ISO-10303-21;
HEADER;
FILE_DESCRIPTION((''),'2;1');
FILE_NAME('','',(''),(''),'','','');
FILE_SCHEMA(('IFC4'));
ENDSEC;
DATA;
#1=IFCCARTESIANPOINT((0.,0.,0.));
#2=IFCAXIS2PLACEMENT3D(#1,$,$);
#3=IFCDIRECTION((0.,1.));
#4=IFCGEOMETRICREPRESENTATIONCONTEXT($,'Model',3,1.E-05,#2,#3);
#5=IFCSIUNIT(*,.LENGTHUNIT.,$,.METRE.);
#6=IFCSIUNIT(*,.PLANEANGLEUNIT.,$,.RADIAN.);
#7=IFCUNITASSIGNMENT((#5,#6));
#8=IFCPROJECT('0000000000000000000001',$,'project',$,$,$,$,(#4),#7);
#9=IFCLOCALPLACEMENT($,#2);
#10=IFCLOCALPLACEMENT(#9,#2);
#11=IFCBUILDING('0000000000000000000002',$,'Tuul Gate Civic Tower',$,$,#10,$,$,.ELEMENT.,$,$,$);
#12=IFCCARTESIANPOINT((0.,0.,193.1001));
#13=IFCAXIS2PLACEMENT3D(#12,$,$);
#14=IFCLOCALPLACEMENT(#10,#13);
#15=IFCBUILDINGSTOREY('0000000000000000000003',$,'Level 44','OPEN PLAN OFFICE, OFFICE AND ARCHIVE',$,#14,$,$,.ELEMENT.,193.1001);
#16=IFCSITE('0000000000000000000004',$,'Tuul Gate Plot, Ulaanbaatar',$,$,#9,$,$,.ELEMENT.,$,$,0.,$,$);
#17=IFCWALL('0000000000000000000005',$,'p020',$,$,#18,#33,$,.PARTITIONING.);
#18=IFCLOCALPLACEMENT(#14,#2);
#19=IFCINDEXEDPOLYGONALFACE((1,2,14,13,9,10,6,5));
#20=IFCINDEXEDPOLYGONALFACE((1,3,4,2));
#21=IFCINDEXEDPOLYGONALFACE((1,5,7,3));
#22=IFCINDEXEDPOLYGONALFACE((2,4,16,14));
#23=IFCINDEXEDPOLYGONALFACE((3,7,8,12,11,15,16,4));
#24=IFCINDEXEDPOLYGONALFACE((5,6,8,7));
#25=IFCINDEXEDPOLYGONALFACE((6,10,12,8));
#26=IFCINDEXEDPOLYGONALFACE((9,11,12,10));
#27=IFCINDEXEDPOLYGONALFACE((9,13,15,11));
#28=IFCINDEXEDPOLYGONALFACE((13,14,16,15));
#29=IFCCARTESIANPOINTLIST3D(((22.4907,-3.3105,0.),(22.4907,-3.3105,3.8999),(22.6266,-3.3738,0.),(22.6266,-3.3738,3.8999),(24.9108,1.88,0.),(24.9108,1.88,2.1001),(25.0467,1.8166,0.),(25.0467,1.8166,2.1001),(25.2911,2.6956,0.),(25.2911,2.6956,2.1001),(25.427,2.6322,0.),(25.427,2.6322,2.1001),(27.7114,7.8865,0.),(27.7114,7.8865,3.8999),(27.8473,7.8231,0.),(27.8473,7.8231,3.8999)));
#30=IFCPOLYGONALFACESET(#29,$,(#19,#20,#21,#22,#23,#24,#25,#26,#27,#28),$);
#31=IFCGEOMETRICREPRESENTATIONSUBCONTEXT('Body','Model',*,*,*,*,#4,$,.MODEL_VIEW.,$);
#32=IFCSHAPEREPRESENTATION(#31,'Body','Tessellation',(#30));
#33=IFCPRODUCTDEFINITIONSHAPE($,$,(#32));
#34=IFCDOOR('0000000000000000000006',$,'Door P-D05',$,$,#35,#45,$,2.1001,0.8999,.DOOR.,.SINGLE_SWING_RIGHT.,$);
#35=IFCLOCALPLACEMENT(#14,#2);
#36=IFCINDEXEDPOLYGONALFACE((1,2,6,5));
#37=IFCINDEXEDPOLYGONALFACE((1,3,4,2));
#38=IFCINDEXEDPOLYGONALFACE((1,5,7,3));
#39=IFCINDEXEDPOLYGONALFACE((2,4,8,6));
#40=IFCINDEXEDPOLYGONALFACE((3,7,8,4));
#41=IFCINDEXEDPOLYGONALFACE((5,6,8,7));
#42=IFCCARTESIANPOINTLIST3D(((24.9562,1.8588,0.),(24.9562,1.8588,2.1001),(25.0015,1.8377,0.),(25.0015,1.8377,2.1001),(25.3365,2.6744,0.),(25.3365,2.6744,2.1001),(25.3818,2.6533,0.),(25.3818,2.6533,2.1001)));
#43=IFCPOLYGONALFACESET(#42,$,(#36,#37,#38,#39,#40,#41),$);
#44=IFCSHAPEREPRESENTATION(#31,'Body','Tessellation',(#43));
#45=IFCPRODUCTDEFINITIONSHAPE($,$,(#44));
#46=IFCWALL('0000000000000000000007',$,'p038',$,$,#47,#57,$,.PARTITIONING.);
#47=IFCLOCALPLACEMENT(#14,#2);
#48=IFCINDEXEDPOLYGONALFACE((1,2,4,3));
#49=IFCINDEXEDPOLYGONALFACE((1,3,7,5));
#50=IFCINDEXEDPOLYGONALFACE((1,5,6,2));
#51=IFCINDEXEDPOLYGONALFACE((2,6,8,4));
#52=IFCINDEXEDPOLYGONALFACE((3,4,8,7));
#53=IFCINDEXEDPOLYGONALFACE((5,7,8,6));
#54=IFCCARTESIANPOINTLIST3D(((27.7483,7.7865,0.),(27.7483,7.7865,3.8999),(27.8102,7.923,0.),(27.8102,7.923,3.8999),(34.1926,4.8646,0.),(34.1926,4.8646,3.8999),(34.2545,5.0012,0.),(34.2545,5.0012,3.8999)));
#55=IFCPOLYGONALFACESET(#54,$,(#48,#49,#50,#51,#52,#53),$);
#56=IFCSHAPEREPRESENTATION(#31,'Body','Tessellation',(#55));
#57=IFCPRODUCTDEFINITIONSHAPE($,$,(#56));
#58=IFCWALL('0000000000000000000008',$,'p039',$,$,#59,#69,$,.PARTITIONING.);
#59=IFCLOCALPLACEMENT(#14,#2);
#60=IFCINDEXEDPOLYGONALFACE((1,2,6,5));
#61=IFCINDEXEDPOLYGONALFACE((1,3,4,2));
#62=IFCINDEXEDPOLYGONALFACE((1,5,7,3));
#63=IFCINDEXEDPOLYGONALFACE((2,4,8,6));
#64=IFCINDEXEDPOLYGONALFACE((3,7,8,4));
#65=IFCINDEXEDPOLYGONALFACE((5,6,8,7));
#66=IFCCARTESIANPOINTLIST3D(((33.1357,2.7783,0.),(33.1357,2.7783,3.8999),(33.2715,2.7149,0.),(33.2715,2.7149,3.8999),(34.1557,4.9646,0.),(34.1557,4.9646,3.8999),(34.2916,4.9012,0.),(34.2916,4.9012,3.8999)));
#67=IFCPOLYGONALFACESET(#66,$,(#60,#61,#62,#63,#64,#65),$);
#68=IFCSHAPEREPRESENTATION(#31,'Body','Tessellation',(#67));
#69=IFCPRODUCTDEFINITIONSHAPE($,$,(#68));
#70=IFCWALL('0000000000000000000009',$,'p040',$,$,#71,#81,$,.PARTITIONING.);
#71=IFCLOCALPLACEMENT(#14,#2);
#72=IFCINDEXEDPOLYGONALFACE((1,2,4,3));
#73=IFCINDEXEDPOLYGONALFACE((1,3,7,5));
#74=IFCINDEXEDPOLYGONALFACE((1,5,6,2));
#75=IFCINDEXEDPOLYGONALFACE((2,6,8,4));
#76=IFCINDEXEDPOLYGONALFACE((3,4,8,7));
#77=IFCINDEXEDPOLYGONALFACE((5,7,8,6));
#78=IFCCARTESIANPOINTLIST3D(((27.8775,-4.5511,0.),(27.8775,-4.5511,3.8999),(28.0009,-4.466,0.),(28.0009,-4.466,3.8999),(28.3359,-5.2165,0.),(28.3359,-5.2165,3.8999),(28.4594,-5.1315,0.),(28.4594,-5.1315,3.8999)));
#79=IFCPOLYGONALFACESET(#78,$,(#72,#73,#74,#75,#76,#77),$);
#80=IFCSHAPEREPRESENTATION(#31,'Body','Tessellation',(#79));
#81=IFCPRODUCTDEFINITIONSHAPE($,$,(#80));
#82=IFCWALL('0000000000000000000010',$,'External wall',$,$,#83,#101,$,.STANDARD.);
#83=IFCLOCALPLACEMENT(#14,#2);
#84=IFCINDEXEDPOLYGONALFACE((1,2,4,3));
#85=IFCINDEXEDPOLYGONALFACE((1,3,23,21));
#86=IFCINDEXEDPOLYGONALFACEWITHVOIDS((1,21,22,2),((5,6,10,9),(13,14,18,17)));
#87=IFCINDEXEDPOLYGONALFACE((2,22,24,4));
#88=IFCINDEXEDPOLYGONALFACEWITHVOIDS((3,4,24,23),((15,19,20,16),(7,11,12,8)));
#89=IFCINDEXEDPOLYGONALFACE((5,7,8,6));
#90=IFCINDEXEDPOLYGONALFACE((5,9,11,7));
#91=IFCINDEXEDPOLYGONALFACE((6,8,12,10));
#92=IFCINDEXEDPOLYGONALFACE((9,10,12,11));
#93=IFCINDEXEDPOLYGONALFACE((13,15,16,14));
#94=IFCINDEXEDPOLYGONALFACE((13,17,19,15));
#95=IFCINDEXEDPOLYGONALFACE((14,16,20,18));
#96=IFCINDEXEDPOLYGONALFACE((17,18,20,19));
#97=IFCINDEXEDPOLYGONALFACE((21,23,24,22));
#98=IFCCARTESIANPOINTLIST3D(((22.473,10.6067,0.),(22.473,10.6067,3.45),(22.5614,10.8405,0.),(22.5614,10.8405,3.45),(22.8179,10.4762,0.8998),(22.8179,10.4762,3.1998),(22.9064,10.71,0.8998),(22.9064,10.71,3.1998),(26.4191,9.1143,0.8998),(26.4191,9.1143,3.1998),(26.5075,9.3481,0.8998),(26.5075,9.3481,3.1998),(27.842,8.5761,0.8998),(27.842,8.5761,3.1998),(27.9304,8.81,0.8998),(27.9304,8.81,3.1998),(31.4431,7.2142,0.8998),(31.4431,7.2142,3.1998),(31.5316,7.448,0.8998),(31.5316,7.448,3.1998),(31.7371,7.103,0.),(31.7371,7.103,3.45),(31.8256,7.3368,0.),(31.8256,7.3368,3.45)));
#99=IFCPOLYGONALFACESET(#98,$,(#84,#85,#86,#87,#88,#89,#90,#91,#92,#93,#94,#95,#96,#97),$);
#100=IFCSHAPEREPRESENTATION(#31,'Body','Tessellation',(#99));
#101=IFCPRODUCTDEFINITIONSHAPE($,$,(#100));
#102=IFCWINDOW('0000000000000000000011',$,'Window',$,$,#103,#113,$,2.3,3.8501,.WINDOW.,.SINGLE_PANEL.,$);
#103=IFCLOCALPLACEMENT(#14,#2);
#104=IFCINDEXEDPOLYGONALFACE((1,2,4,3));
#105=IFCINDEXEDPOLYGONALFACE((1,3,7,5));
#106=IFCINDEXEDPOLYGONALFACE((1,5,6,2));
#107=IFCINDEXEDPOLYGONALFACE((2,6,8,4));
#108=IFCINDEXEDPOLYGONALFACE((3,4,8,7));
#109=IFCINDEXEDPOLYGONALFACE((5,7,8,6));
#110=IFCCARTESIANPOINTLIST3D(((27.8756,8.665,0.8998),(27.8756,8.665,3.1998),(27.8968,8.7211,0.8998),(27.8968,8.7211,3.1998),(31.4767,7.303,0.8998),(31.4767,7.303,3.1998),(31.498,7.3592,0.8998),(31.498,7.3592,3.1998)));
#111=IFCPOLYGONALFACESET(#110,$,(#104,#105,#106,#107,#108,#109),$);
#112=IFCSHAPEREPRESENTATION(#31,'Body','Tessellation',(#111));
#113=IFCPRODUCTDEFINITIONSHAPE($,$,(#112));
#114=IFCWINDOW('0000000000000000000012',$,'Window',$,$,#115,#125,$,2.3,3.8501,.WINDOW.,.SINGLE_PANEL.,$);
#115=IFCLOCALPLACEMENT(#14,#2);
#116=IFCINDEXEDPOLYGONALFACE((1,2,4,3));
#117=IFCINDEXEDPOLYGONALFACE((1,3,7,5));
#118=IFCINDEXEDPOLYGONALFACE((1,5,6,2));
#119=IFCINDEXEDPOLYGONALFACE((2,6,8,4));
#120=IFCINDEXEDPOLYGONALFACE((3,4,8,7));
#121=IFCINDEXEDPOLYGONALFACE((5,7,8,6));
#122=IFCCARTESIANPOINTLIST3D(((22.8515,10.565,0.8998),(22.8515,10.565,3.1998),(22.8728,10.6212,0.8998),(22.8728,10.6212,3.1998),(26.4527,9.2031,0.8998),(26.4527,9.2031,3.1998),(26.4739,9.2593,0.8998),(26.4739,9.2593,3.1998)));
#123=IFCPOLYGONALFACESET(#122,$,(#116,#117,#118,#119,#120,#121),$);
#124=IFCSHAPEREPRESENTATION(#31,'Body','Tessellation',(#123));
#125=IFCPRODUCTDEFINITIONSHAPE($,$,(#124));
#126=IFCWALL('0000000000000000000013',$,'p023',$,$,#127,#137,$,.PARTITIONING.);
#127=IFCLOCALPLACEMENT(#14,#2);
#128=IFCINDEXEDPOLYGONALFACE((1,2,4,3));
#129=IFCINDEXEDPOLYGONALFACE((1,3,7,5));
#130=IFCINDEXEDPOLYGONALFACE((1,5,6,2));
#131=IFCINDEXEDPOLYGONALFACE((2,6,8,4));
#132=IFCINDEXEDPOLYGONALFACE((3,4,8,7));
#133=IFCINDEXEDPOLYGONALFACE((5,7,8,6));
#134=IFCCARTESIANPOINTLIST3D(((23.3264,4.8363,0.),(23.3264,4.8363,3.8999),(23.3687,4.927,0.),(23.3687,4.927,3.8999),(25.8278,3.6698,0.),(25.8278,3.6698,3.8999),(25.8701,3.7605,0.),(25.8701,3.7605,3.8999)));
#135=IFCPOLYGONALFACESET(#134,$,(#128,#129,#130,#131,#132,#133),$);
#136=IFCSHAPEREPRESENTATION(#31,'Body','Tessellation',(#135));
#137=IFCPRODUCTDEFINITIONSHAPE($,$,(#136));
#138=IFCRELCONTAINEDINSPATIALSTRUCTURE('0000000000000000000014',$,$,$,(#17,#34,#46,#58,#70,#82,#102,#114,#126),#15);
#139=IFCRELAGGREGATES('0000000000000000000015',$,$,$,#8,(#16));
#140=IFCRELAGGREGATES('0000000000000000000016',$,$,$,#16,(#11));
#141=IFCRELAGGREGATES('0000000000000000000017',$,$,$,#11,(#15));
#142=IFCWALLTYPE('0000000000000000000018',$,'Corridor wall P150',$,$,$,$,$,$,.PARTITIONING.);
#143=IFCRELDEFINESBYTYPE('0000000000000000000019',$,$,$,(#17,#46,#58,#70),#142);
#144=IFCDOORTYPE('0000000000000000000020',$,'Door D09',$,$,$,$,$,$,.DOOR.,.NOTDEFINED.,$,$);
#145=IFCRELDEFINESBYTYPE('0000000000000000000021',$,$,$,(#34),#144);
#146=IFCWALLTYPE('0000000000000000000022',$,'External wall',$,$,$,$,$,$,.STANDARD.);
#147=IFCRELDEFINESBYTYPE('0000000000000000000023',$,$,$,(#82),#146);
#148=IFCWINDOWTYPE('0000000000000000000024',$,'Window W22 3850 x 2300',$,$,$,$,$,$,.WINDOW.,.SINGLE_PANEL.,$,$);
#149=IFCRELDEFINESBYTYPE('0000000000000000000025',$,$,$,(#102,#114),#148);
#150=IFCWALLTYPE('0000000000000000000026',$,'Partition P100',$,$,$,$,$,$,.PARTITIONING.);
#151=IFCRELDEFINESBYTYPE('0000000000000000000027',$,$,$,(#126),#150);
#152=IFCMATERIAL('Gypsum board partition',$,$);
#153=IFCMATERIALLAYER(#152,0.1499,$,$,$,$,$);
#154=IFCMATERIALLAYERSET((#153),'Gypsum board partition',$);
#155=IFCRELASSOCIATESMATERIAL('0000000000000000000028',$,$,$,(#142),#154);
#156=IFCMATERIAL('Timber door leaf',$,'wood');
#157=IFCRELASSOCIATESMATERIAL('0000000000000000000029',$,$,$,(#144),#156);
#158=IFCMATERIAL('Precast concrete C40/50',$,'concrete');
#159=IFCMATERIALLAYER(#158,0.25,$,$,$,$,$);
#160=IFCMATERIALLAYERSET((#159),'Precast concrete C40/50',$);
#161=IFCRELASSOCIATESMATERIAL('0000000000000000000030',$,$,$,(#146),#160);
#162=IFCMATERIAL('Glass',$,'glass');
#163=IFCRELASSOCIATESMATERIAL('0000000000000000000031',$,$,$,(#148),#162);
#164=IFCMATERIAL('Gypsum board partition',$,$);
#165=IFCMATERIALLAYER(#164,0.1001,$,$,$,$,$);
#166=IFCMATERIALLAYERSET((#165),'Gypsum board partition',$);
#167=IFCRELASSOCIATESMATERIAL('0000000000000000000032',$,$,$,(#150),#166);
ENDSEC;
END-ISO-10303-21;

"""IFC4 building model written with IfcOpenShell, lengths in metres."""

from ifc_helpers import new_model, si_unit, direction, frame, frame_2d, origin, place, context, subcontext, project, spatial, rectangle, extrude, material, layer, layer_set, type_object, element, fill, save


model = new_model("IFC4")

# Units and contexts
model_context = context("Model", 3, precision=1e-05, world=origin(), true_north=direction((0.0, 1.0)))
body_context = subcontext(model_context, "Body", "Model", "MODEL_VIEW")
ifc_project = project(units=[si_unit("LENGTHUNIT", "METRE"), si_unit("PLANEANGLEUNIT", "RADIAN")], contexts=[model_context])

# Site, building, storey
site_placement = place(None, origin())
site = spatial("IfcSite", under=ifc_project, at=site_placement, Name="Tuul Gate Plot, Ulaanbaatar", CompositionType="ELEMENT", RefElevation=0.0)
building_placement = place(site_placement, origin())
building = spatial("IfcBuilding", under=site, at=building_placement, Name="Tuul Gate Civic Tower", CompositionType="ELEMENT")
storey_placement = place(building_placement, frame((0.0, 0.0, 193.1001)))
storey = spatial("IfcBuildingStorey", under=building, at=storey_placement, Name="Level 44", Description="OPEN PLAN OFFICE, OFFICE AND ARCHIVE", CompositionType="ELEMENT", Elevation=193.1001)

# Wall, opening, door
ifc_material_1 = material(Name="Gypsum board partition")
ifc_layer_1 = layer(ifc_material_1, 0.1499)
ifc_layer_set_1 = layer_set([ifc_layer_1], Name="Gypsum board partition")
wall_type_1 = type_object("IfcWallType", Name="Corridor wall P150", PredefinedType="PARTITIONING", material=ifc_layer_set_1)
wall_1_placement = place(storey_placement, frame((22.5586, -3.3423, 0.0), z_axis=(0.0, 0.0, 1.0), x_axis=(0.422581, 0.906325, 0.0)))
wall_1 = element("IfcWall", 1, at=wall_1_placement, inside=storey, type_object=wall_type_1, Name="p020", PredefinedType="PARTITIONING", context=body_context, shape_type="SweptSolid", body=[
    extrude(rectangle(XDim=12.3542, YDim=0.1499, at=frame_2d((6.1772, 0.0))), origin(), (0.0, 0.0, 1.0), 3.8999),
])
opening_1_placement = place(wall_1_placement, frame((5.7271, 0.0, 0.0)))
opening_1 = element("IfcOpeningElement", 2, at=opening_1_placement, cuts=wall_1, PredefinedType="OPENING", context=body_context, shape_type="SweptSolid", body=[
    extrude(rectangle(XDim=0.8999, YDim=2.1001, at=frame_2d((0.45, 1.05))), frame((0.0, 0.085, 0.0), z_axis=(0.0, -1.0, 0.0), x_axis=(1.0, 0.0, 0.0)), (0.0, 0.0, 1.0), 0.1699),
])
ifc_material_2 = material(Name="Timber door leaf", Category="wood")
door_type_1 = type_object("IfcDoorType", Name="Door D09", OperationType="NOTDEFINED", PredefinedType="DOOR", material=ifc_material_2)
door_1_placement = place(opening_1_placement, origin())
door_1 = element("IfcDoor", 3, at=door_1_placement, inside=storey, type_object=door_type_1, Name="Door P-D05", OperationType="SINGLE_SWING_RIGHT", OverallHeight=2.1001, OverallWidth=0.8999, PredefinedType="DOOR", context=body_context, shape_type="SweptSolid", body=[
    extrude(rectangle(XDim=0.8999, YDim=2.1001, at=frame_2d((0.45, 1.05))), frame((0.0, 0.0249, 0.0), z_axis=(0.0, -1.0, 0.0), x_axis=(1.0, 0.0, 0.0)), (0.0, 0.0, 1.0), 0.05),
])
fill(opening_1, door_1)

# Walls
wall_2_placement = place(storey_placement, frame((27.7793, 7.8547, 0.0), z_axis=(0.0, 0.0, 1.0), x_axis=(0.910758, -0.41294, 0.0)))
element("IfcWall", 4, at=wall_2_placement, inside=storey, type_object=wall_type_1, Name="p038", PredefinedType="PARTITIONING", context=body_context, shape_type="SweptSolid", body=[
    extrude(rectangle(XDim=7.0757, YDim=0.1499, at=frame_2d((3.5378, 0.0))), origin(), (0.0, 0.0, 1.0), 3.8999),
])
wall_3_placement = place(storey_placement, frame((33.2036, 2.7466, 0.0), z_axis=(0.0, 0.0, 1.0), x_axis=(0.422802, 0.906222, 0.0)))
element("IfcWall", 5, at=wall_3_placement, inside=storey, type_object=wall_type_1, Name="p039", PredefinedType="PARTITIONING", context=body_context, shape_type="SweptSolid", body=[
    extrude(rectangle(XDim=2.4126, YDim=0.1499, at=frame_2d((1.2063, 0.0))), origin(), (0.0, 0.0, 1.0), 3.8999),
])
wall_4_placement = place(storey_placement, frame((27.9392, -4.5085, 0.0), z_axis=(0.0, 0.0, 1.0), x_axis=(0.567323, -0.823495, 0.0)))
element("IfcWall", 6, at=wall_4_placement, inside=storey, type_object=wall_type_1, Name="p040", PredefinedType="PARTITIONING", context=body_context, shape_type="SweptSolid", body=[
    extrude(rectangle(XDim=0.8081, YDim=0.1499, at=frame_2d((0.4041, 0.0))), origin(), (0.0, 0.0, 1.0), 3.8999),
])

# Wall, openings, windows
ifc_material_3 = material(Name="Precast concrete C40/50", Category="concrete")
ifc_layer_2 = layer(ifc_material_3, 0.25)
ifc_layer_set_2 = layer_set([ifc_layer_2], Name="Precast concrete C40/50")
wall_type_2 = type_object("IfcWallType", Name="External wall", PredefinedType="STANDARD", material=ifc_layer_set_2)
wall_5_placement = place(storey_placement, frame((31.7812, 7.22, 0.0), z_axis=(0.0, 0.0, 1.0), x_axis=(-0.935343, 0.353742, 0.0)))
wall_5 = element("IfcWall", 7, at=wall_5_placement, inside=storey, type_object=wall_type_2, Name="External wall", PredefinedType="STANDARD", context=body_context, shape_type="SweptSolid", body=[
    extrude(rectangle(XDim=9.9045, YDim=0.25, at=frame_2d((4.9521, 0.0))), origin(), (0.0, 0.0, 1.0), 3.45),
])
opening_2_placement = place(wall_5_placement, frame((0.3142, 0.0, 0.8999)))
opening_2 = element("IfcOpeningElement", 8, at=opening_2_placement, cuts=wall_5, PredefinedType="OPENING", context=body_context, shape_type="SweptSolid", body=[
    extrude(rectangle(XDim=3.8501, YDim=2.3, at=frame_2d((1.925, 1.1499))), frame((0.0, 0.135, 0.0), z_axis=(0.0, -1.0, 0.0), x_axis=(1.0, 0.0, 0.0)), (0.0, 0.0, 1.0), 0.27),
])
opening_3_placement = place(wall_5_placement, frame((5.6855, 0.0, 0.8999)))
opening_3 = element("IfcOpeningElement", 9, at=opening_3_placement, cuts=wall_5, PredefinedType="OPENING", context=body_context, shape_type="SweptSolid", body=[
    extrude(rectangle(XDim=3.8501, YDim=2.3, at=frame_2d((1.925, 1.1499))), frame((0.0, 0.135, 0.0), z_axis=(0.0, -1.0, 0.0), x_axis=(1.0, 0.0, 0.0)), (0.0, 0.0, 1.0), 0.27),
])
ifc_material_4 = material(Name="Glass", Category="glass")
window_type = type_object("IfcWindowType", Name="Window W22 3850 x 2300", PartitioningType="SINGLE_PANEL", PredefinedType="WINDOW", material=ifc_material_4)
window_1_placement = place(opening_2_placement, origin())
window_1 = element("IfcWindow", 10, at=window_1_placement, inside=storey, type_object=window_type, Name="Window", OverallHeight=2.3, OverallWidth=3.8501, PartitioningType="SINGLE_PANEL", PredefinedType="WINDOW", context=body_context, shape_type="SweptSolid", body=[
    extrude(rectangle(XDim=3.8501, YDim=2.3, at=frame_2d((1.925, 1.1499))), frame((0.0, 0.03, 0.0), z_axis=(0.0, -1.0, 0.0), x_axis=(1.0, 0.0, 0.0)), (0.0, 0.0, 1.0), 0.0601),
])
fill(opening_2, window_1)
window_2_placement = place(opening_3_placement, origin())
window_2 = element("IfcWindow", 11, at=window_2_placement, inside=storey, type_object=window_type, Name="Window", OverallHeight=2.3, OverallWidth=3.8501, PartitioningType="SINGLE_PANEL", PredefinedType="WINDOW", context=body_context, shape_type="SweptSolid", body=[
    extrude(rectangle(XDim=3.8501, YDim=2.3, at=frame_2d((1.925, 1.1499))), frame((0.0, 0.03, 0.0), z_axis=(0.0, -1.0, 0.0), x_axis=(1.0, 0.0, 0.0)), (0.0, 0.0, 1.0), 0.0601),
])
fill(opening_3, window_2)

# Wall
ifc_material_5 = material(Name="Gypsum board partition")
ifc_layer_3 = layer(ifc_material_5, 0.1001)
ifc_layer_set_3 = layer_set([ifc_layer_3], Name="Gypsum board partition")
wall_type_3 = type_object("IfcWallType", Name="Partition P100", PredefinedType="PARTITIONING", material=ifc_layer_set_3)
wall_6_placement = place(storey_placement, frame((23.3477, 4.8816, 0.0), z_axis=(0.0, 0.0, 1.0), x_axis=(0.906301, -0.422634, 0.0)))
element("IfcWall", 12, at=wall_6_placement, inside=storey, type_object=wall_type_3, Name="p023", PredefinedType="PARTITIONING", context=body_context, shape_type="SweptSolid", body=[
    extrude(rectangle(XDim=2.76, YDim=0.1001, at=frame_2d((1.3799, 0.0))), origin(), (0.0, 0.0, 1.0), 3.8999),
])

save(model, "model.ifc")
